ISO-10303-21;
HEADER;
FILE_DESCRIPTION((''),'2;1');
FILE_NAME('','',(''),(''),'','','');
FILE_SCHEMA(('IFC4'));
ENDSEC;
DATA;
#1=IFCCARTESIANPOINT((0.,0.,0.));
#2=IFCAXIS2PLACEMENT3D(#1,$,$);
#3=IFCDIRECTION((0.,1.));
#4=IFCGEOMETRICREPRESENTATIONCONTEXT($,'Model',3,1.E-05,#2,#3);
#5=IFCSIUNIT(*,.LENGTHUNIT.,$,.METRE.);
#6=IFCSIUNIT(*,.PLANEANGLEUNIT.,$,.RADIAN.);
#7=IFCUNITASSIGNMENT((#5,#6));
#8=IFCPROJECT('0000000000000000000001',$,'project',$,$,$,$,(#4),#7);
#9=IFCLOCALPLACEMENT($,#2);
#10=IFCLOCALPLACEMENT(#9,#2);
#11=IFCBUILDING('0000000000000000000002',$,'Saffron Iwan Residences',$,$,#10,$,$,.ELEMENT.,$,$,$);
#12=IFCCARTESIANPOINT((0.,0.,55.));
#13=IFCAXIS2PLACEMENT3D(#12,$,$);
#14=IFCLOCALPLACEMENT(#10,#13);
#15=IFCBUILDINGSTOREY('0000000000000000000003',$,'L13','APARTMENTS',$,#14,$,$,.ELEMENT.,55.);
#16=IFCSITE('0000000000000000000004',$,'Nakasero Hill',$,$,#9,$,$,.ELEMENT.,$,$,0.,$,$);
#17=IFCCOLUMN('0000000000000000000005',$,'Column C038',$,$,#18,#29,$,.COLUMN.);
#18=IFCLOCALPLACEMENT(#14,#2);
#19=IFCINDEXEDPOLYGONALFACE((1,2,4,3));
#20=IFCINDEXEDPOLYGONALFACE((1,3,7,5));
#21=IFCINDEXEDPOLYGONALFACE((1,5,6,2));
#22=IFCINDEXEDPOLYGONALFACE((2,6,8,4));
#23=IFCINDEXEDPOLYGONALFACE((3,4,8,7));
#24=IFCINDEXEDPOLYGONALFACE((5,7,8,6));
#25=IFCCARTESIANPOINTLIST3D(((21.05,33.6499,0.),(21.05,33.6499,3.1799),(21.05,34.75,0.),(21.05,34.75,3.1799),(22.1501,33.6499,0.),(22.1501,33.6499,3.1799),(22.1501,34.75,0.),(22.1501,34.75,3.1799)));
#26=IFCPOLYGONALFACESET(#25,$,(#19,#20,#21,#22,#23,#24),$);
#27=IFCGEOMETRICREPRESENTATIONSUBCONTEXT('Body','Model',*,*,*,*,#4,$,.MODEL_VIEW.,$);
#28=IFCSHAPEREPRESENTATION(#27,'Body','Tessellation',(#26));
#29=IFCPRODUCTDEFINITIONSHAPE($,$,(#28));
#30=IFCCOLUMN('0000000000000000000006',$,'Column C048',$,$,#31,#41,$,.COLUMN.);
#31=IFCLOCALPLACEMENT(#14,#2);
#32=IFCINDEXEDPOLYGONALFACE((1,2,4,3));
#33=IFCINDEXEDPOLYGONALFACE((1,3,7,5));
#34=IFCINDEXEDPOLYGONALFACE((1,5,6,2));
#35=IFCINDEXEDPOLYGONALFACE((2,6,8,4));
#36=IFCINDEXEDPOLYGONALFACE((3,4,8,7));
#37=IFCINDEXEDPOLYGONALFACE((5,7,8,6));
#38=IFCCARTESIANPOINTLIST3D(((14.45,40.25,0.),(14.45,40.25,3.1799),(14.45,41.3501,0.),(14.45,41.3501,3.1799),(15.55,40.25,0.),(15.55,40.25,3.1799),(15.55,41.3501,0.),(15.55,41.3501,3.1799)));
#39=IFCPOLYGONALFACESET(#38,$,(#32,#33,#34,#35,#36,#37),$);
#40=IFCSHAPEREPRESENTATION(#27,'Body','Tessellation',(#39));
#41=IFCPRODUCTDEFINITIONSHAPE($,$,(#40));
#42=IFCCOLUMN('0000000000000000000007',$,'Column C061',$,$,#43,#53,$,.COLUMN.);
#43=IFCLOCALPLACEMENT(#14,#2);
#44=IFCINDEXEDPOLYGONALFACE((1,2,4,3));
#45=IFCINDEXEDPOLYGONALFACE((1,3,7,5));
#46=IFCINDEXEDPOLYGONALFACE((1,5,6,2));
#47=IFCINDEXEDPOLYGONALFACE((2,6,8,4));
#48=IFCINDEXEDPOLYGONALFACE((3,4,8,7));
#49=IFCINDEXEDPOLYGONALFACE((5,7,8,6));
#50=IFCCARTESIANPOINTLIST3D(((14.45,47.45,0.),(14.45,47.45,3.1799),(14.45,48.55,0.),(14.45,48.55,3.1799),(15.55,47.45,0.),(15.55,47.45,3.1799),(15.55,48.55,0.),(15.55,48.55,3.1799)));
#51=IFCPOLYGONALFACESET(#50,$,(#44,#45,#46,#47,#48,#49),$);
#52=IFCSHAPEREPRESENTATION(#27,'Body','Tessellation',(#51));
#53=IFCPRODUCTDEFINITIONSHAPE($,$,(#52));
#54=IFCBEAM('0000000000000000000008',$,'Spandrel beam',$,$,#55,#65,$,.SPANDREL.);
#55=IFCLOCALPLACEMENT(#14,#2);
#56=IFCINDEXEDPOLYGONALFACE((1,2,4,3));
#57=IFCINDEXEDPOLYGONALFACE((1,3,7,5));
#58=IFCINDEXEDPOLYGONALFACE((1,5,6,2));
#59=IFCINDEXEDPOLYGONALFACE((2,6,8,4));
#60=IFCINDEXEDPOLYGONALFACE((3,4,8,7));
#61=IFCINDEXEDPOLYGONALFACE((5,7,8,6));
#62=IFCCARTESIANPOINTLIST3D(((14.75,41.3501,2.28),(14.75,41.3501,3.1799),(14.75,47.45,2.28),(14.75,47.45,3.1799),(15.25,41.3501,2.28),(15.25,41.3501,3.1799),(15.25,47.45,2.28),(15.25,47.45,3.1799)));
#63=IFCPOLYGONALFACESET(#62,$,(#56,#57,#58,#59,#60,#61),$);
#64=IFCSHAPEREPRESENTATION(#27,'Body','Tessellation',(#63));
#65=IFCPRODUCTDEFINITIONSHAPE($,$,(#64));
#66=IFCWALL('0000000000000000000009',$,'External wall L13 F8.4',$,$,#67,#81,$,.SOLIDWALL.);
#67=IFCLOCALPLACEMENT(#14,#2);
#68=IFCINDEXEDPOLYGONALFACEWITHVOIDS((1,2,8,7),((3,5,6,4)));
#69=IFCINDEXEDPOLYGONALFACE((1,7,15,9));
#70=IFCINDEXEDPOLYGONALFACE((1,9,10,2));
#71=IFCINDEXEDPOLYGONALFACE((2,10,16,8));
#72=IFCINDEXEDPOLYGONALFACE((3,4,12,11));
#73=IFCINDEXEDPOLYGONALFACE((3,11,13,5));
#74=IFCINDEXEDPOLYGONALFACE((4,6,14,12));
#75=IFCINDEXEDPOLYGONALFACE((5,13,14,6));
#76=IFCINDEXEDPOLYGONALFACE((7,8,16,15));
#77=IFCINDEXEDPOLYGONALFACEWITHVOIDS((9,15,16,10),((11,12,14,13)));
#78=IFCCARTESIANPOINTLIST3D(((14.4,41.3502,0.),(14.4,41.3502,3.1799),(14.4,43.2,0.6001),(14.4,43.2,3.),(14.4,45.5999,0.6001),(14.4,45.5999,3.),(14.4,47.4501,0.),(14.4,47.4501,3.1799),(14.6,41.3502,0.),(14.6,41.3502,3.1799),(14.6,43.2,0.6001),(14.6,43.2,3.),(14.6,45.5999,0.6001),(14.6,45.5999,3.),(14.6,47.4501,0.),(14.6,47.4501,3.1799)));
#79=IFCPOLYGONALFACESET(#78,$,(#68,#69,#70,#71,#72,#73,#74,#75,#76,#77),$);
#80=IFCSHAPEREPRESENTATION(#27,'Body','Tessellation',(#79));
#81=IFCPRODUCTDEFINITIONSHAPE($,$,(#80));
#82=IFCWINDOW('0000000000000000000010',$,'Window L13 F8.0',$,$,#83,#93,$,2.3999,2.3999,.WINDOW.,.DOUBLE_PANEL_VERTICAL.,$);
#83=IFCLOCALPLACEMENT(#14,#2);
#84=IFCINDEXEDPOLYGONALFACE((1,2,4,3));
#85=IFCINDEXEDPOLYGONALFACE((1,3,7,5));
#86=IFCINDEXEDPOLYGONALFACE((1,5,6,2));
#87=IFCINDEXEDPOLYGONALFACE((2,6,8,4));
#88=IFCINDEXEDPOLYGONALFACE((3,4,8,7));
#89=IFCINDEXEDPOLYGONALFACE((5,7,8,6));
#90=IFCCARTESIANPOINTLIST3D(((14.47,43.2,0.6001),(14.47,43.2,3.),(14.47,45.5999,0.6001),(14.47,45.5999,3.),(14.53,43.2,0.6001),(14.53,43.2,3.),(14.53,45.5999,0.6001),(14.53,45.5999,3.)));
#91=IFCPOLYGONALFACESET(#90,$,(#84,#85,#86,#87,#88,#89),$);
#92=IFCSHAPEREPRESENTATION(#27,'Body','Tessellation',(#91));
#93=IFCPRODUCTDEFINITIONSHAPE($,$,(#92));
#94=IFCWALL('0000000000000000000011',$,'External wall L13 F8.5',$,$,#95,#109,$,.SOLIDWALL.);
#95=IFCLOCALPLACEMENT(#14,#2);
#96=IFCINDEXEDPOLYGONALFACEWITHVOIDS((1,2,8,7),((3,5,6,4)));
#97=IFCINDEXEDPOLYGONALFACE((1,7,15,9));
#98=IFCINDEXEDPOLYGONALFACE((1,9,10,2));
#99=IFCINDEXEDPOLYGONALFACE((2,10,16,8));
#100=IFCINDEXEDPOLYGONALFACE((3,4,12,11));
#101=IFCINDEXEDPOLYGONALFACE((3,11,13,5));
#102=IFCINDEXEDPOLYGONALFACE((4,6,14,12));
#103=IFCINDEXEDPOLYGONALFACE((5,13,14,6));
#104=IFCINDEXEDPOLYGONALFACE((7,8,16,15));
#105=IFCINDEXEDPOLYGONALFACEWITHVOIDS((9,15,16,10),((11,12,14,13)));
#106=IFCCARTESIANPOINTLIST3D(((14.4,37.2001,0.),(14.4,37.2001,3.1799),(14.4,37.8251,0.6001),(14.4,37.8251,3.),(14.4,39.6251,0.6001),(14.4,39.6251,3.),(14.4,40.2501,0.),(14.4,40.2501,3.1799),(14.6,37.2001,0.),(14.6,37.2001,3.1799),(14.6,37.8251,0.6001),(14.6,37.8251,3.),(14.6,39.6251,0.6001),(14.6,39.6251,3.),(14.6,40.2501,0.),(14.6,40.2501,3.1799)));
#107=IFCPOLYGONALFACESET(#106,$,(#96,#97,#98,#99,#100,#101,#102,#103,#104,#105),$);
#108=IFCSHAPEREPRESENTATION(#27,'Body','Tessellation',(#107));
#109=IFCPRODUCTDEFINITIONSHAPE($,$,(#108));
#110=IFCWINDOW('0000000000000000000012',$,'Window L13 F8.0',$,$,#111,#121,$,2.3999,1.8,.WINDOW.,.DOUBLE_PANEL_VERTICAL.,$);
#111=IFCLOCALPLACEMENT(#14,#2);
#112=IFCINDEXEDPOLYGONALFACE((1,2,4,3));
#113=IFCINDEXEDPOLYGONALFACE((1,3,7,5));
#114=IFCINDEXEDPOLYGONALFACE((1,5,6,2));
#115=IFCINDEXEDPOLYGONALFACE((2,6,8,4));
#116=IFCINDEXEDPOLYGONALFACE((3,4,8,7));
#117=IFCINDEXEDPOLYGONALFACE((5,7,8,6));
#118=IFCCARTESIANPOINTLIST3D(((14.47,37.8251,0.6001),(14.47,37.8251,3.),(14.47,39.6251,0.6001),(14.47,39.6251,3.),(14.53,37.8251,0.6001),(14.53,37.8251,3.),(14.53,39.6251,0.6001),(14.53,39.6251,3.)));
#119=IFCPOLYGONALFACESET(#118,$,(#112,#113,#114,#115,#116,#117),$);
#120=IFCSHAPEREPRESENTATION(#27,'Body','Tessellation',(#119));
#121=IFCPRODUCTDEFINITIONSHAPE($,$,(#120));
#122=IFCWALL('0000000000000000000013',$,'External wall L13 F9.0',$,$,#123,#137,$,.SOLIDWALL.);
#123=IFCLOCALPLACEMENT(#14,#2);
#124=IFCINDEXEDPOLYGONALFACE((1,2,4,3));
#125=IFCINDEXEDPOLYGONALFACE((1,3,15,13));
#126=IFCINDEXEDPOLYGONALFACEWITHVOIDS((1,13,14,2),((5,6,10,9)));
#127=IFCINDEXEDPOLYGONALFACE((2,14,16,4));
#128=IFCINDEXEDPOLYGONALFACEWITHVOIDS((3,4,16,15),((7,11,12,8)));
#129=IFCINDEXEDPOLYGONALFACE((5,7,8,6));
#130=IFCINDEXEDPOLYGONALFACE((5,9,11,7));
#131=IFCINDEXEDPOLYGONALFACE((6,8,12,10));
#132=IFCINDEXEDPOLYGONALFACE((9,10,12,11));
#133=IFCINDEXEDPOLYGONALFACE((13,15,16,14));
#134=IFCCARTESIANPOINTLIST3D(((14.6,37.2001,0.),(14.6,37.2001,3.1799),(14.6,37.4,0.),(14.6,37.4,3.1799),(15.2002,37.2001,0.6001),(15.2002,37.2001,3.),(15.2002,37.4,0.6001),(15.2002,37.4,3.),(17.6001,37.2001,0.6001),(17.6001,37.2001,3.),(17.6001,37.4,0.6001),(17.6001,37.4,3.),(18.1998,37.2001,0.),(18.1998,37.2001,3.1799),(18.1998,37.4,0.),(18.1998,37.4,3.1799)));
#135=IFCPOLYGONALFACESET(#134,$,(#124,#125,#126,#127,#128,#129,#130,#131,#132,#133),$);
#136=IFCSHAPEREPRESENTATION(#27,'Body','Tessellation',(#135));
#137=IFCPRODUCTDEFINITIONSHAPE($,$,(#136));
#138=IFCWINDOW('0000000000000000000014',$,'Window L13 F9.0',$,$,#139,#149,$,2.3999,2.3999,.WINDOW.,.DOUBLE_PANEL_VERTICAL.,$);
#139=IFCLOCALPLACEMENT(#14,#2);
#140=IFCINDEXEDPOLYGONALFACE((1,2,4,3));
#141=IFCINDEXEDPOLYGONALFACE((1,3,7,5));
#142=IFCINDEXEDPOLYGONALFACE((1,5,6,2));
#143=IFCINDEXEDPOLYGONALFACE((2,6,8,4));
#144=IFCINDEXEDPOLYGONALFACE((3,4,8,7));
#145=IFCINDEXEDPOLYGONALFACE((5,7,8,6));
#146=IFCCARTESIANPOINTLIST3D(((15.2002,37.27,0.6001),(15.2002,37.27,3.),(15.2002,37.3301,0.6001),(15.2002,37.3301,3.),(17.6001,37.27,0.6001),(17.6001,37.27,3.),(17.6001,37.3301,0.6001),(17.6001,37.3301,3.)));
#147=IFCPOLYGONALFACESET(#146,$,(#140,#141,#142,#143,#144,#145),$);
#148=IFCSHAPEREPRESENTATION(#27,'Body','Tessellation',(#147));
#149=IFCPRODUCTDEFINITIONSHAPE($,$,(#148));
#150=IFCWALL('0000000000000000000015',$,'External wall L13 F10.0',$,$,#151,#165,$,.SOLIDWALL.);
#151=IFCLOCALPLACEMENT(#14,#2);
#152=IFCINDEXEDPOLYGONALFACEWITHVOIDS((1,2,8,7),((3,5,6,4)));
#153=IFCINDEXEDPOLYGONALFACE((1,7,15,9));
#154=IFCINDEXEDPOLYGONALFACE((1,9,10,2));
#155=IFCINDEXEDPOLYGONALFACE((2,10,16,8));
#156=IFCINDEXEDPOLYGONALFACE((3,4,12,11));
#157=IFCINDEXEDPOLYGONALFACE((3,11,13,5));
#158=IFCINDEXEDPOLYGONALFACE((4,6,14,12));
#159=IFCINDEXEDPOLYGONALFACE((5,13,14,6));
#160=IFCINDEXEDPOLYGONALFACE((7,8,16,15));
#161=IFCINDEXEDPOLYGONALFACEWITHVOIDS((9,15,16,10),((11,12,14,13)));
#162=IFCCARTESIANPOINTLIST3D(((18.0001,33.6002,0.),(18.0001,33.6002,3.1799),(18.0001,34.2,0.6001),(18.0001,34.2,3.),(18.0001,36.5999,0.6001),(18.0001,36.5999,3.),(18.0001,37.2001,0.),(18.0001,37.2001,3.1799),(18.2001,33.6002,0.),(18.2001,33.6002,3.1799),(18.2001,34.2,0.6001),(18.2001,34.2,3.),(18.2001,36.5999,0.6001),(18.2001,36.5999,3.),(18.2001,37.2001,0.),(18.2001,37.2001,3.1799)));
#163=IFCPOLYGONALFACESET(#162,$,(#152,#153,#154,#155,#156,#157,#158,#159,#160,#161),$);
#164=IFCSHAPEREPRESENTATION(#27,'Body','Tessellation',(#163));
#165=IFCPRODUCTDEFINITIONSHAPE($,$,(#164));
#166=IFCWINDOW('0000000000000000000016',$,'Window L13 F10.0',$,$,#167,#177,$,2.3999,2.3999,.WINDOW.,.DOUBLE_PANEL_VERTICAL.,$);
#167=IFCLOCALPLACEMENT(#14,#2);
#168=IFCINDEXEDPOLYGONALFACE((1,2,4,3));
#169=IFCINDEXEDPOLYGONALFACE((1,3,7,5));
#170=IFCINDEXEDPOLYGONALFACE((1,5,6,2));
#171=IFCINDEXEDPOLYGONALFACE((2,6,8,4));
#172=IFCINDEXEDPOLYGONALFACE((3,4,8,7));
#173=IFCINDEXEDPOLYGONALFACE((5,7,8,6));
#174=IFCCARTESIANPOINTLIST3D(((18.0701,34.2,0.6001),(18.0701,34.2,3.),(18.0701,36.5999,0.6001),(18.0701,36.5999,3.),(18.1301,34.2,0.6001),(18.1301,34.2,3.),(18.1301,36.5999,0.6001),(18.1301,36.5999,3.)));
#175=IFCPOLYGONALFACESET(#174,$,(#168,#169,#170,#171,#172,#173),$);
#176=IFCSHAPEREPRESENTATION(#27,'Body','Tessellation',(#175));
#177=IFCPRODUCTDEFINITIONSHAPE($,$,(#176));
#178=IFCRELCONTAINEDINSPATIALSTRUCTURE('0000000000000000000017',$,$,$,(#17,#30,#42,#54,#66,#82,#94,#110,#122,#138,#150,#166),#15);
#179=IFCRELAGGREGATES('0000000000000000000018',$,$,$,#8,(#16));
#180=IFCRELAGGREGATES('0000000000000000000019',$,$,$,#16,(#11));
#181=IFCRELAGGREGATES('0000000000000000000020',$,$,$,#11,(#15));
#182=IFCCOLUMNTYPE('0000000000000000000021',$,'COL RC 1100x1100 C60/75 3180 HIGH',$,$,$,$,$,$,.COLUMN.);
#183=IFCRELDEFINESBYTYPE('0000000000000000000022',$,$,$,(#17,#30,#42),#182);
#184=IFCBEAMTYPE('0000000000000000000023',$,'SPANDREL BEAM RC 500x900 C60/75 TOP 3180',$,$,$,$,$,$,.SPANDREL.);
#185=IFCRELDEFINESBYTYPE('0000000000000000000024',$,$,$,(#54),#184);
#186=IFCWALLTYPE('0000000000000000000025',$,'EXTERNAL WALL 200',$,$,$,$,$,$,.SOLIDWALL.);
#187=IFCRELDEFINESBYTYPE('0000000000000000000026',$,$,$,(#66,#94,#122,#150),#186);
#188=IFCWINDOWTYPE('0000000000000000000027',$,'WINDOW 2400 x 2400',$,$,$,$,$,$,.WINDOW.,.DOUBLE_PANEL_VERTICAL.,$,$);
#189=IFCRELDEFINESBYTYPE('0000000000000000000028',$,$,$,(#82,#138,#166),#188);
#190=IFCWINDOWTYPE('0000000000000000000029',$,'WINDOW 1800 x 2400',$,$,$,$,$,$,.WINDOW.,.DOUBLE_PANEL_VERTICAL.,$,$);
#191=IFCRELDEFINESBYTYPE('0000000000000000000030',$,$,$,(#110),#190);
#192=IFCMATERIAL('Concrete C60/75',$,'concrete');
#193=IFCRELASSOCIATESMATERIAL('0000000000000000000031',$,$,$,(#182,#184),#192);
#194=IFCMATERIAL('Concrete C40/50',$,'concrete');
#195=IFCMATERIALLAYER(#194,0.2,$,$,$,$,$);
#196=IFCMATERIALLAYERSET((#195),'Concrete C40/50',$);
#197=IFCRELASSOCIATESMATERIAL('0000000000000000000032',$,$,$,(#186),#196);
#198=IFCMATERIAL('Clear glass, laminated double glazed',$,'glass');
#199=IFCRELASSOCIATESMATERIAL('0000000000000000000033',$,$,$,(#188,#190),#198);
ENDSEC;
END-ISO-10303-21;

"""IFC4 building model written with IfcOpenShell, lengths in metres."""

from ifc_helpers import new_model, si_unit, direction, frame, frame_2d, origin, origin_2d, place, context, subcontext, project, spatial, rectangle, extrude, source, transform, mapped, material, layer, layer_set, material_profile, profile_set, type_object, element, fill, save


model = new_model("IFC4")

# Units and contexts
model_context = context("Model", 3, precision=1e-05, world=origin(), true_north=direction((0.0, 1.0)))
body_context = subcontext(model_context, "Body", "Model", "MODEL_VIEW")
ifc_project = project(units=[si_unit("LENGTHUNIT", "METRE"), si_unit("PLANEANGLEUNIT", "RADIAN")], contexts=[model_context])

# Site, building, storey
site_placement = place(None, origin())
site = spatial("IfcSite", under=ifc_project, at=site_placement, Name="Nakasero Hill", CompositionType="ELEMENT", RefElevation=0.0)
building_placement = place(site_placement, origin())
building = spatial("IfcBuilding", under=site, at=building_placement, Name="Saffron Iwan Residences", CompositionType="ELEMENT")
storey_placement = place(building_placement, frame((0.0, 0.0, 55.0)))
storey = spatial("IfcBuildingStorey", under=building, at=storey_placement, Name="L13", Description="APARTMENTS", CompositionType="ELEMENT", Elevation=55.0)

# Columns
ifc_material_1 = material(Name="Concrete C60/75", Category="concrete")
ifc_material_profile_1 = material_profile(ifc_material_1, rectangle(XDim=1.1001, YDim=1.1001, at=origin_2d()), Name="RC 1100x1100")
ifc_profile_set_1 = profile_set([ifc_material_profile_1], Name="Concrete C60/75")
column_type = type_object("IfcColumnType", Name="COL RC 1100x1100 C60/75 3180 HIGH", PredefinedType="COLUMN", material=ifc_profile_set_1)
shared_shape_1 = source(origin(), body_context, "Body", "SweptSolid", [
    extrude(rectangle(XDim=1.1001, YDim=1.1001, at=origin_2d()), origin(), (0.0, 0.0, 1.0), 3.1799),
])
for number, where, z_axis, x_axis, name in (
    (1, (21.6001, 34.2, 0.0), (0.0, 0.0, 1.0), (1.0, 0.0, 0.0), "Column C038"),
    (2, (15.0, 40.8, 0.0), (0.0, 0.0, 1.0), (1.0, 0.0, 0.0), "Column C048"),
    (3, (15.0, 48.0, 0.0), (0.0, 0.0, 1.0), (1.0, 0.0, 0.0), "Column C061"),
):
    element("IfcColumn", number, at=place(storey_placement, frame(where, z_axis=z_axis, x_axis=x_axis)), inside=storey, type_object=column_type, Name=name, PredefinedType="COLUMN", context=body_context, shape_type="MappedRepresentation", body=[
        mapped(shared_shape_1, transform((0.0, 0.0, 0.0))),
    ])

# Beam
ifc_material_profile_2 = material_profile(ifc_material_1, rectangle(XDim=0.5, YDim=0.8999, at=origin_2d()), Name="RC 500x900")
ifc_profile_set_2 = profile_set([ifc_material_profile_2], Name="Concrete C60/75")
beam_type = type_object("IfcBeamType", Name="SPANDREL BEAM RC 500x900 C60/75 TOP 3180", PredefinedType="SPANDREL", material=ifc_profile_set_2)
shared_shape_2 = source(origin(), body_context, "Body", "SweptSolid", [
    extrude(rectangle(XDim=0.5, YDim=0.8999, at=origin_2d()), origin(), (0.0, 0.0, 1.0), 6.0999),
])
beam_placement = place(storey_placement, frame((15.0, 41.3501, 2.73), z_axis=(0.0, 1.0, 0.0), x_axis=(-1.0, 0.0, 0.0)))
element("IfcBeam", 4, at=beam_placement, inside=storey, type_object=beam_type, Name="Spandrel beam", PredefinedType="SPANDREL", context=body_context, shape_type="MappedRepresentation", body=[
    mapped(shared_shape_2, transform((0.0, 0.0, 0.0))),
])

# Walls, openings, windows
ifc_material_2 = material(Name="Concrete C40/50", Category="concrete")
ifc_layer_1 = layer(ifc_material_2, 0.2)
ifc_layer_set_1 = layer_set([ifc_layer_1], Name="Concrete C40/50")
wall_type_1 = type_object("IfcWallType", Name="EXTERNAL WALL 200", PredefinedType="SOLIDWALL", material=ifc_layer_set_1)
wall_1_placement = place(storey_placement, frame((14.5, 47.45, 0.0), z_axis=(0.0, 0.0, 1.0), x_axis=(0.0, -1.0, 0.0)))
wall_1 = element("IfcWall", 5, at=wall_1_placement, inside=storey, type_object=wall_type_1, Name="External wall L13 F8.4", PredefinedType="SOLIDWALL", context=body_context, shape_type="SweptSolid", body=[
    extrude(rectangle(XDim=6.0999, YDim=0.2, at=frame_2d((3.0498, 0.0))), origin(), (0.0, 0.0, 1.0), 3.1799),
])
opening_1_placement = place(wall_1_placement, frame((1.8501, 0.0, 0.6001)))
opening_1 = element("IfcOpeningElement", 6, at=opening_1_placement, cuts=wall_1, PredefinedType="OPENING", context=body_context, shape_type="SweptSolid", body=[
    extrude(rectangle(XDim=2.3999, YDim=2.3999, at=frame_2d((1.2, 1.2))), frame((0.0, 0.1099, 0.0), z_axis=(0.0, -1.0, 0.0), x_axis=(1.0, 0.0, 0.0)), (0.0, 0.0, 1.0), 0.22),
])
ifc_material_3 = material(Name="Clear glass, laminated double glazed", Category="glass")
window_type_1 = type_object("IfcWindowType", Name="WINDOW 2400 x 2400", PartitioningType="DOUBLE_PANEL_VERTICAL", PredefinedType="WINDOW", material=ifc_material_3)
window_1_placement = place(opening_1_placement, origin())
window_1 = element("IfcWindow", 7, at=window_1_placement, inside=storey, type_object=window_type_1, Name="Window L13 F8.0", OverallHeight=2.3999, OverallWidth=2.3999, PartitioningType="DOUBLE_PANEL_VERTICAL", PredefinedType="WINDOW", context=body_context, shape_type="SweptSolid", body=[
    extrude(rectangle(XDim=2.3999, YDim=2.3999, at=frame_2d((1.2, 1.2))), frame((0.0, 0.03, 0.0), z_axis=(0.0, -1.0, 0.0), x_axis=(1.0, 0.0, 0.0)), (0.0, 0.0, 1.0), 0.0601),
])
fill(opening_1, window_1)
wall_2_placement = place(storey_placement, frame((14.5, 40.25, 0.0), z_axis=(0.0, 0.0, 1.0), x_axis=(0.0, -1.0, 0.0)))
wall_2 = element("IfcWall", 8, at=wall_2_placement, inside=storey, type_object=wall_type_1, Name="External wall L13 F8.5", PredefinedType="SOLIDWALL", context=body_context, shape_type="SweptSolid", body=[
    extrude(rectangle(XDim=3.05, YDim=0.2, at=frame_2d((1.5249, 0.0))), origin(), (0.0, 0.0, 1.0), 3.1799),
])
opening_2_placement = place(wall_2_placement, frame((0.625, 0.0, 0.6001)))
opening_2 = element("IfcOpeningElement", 9, at=opening_2_placement, cuts=wall_2, PredefinedType="OPENING", context=body_context, shape_type="SweptSolid", body=[
    extrude(rectangle(XDim=1.8, YDim=2.3999, at=frame_2d((0.8999, 1.2))), frame((0.0, 0.1099, 0.0), z_axis=(0.0, -1.0, 0.0), x_axis=(1.0, 0.0, 0.0)), (0.0, 0.0, 1.0), 0.22),
])
window_type_2 = type_object("IfcWindowType", Name="WINDOW 1800 x 2400", PartitioningType="DOUBLE_PANEL_VERTICAL", PredefinedType="WINDOW", material=ifc_material_3)
window_2_placement = place(opening_2_placement, origin())
window_2 = element("IfcWindow", 10, at=window_2_placement, inside=storey, type_object=window_type_2, Name="Window L13 F8.0", OverallHeight=2.3999, OverallWidth=1.8, PartitioningType="DOUBLE_PANEL_VERTICAL", PredefinedType="WINDOW", context=body_context, shape_type="SweptSolid", body=[
    extrude(rectangle(XDim=1.8, YDim=2.3999, at=frame_2d((0.8999, 1.2))), frame((0.0, 0.03, 0.0), z_axis=(0.0, -1.0, 0.0), x_axis=(1.0, 0.0, 0.0)), (0.0, 0.0, 1.0), 0.0601),
])
fill(opening_2, window_2)
wall_3_placement = place(storey_placement, frame((14.6001, 37.3, 0.0), z_axis=(0.0, 0.0, 1.0), x_axis=(1.0, 0.0, 0.0)))
wall_3 = element("IfcWall", 11, at=wall_3_placement, inside=storey, type_object=wall_type_1, Name="External wall L13 F9.0", PredefinedType="SOLIDWALL", context=body_context, shape_type="SweptSolid", body=[
    extrude(rectangle(XDim=3.5999, YDim=0.2, at=frame_2d((1.7998, 0.0))), origin(), (0.0, 0.0, 1.0), 3.1799),
])
opening_3_placement = place(wall_3_placement, frame((0.6001, 0.0, 0.6001)))
opening_3 = element("IfcOpeningElement", 12, at=opening_3_placement, cuts=wall_3, PredefinedType="OPENING", context=body_context, shape_type="SweptSolid", body=[
    extrude(rectangle(XDim=2.3999, YDim=2.3999, at=frame_2d((1.2, 1.2))), frame((0.0, 0.1099, 0.0), z_axis=(0.0, -1.0, 0.0), x_axis=(1.0, 0.0, 0.0)), (0.0, 0.0, 1.0), 0.22),
])
window_3_placement = place(opening_3_placement, origin())
window_3 = element("IfcWindow", 13, at=window_3_placement, inside=storey, type_object=window_type_1, Name="Window L13 F9.0", OverallHeight=2.3999, OverallWidth=2.3999, PartitioningType="DOUBLE_PANEL_VERTICAL", PredefinedType="WINDOW", context=body_context, shape_type="SweptSolid", body=[
    extrude(rectangle(XDim=2.3999, YDim=2.3999, at=frame_2d((1.2, 1.2))), frame((0.0, 0.03, 0.0), z_axis=(0.0, -1.0, 0.0), x_axis=(1.0, 0.0, 0.0)), (0.0, 0.0, 1.0), 0.0601),
])
fill(opening_3, window_3)
wall_4_placement = place(storey_placement, frame((18.1001, 37.2, 0.0), z_axis=(0.0, 0.0, 1.0), x_axis=(0.0, -1.0, 0.0)))
wall_4 = element("IfcWall", 14, at=wall_4_placement, inside=storey, type_object=wall_type_1, Name="External wall L13 F10.0", PredefinedType="SOLIDWALL", context=body_context, shape_type="SweptSolid", body=[
    extrude(rectangle(XDim=3.5999, YDim=0.2, at=frame_2d((1.7998, 0.0))), origin(), (0.0, 0.0, 1.0), 3.1799),
])
opening_4_placement = place(wall_4_placement, frame((0.6001, 0.0, 0.6001)))
opening_4 = element("IfcOpeningElement", 15, at=opening_4_placement, cuts=wall_4, PredefinedType="OPENING", context=body_context, shape_type="SweptSolid", body=[
    extrude(rectangle(XDim=2.3999, YDim=2.3999, at=frame_2d((1.2, 1.2))), frame((0.0, 0.1099, 0.0), z_axis=(0.0, -1.0, 0.0), x_axis=(1.0, 0.0, 0.0)), (0.0, 0.0, 1.0), 0.22),
])
window_4_placement = place(opening_4_placement, origin())
window_4 = element("IfcWindow", 16, at=window_4_placement, inside=storey, type_object=window_type_1, Name="Window L13 F10.0", OverallHeight=2.3999, OverallWidth=2.3999, PartitioningType="DOUBLE_PANEL_VERTICAL", PredefinedType="WINDOW", context=body_context, shape_type="SweptSolid", body=[
    extrude(rectangle(XDim=2.3999, YDim=2.3999, at=frame_2d((1.2, 1.2))), frame((0.0, 0.03, 0.0), z_axis=(0.0, -1.0, 0.0), x_axis=(1.0, 0.0, 0.0)), (0.0, 0.0, 1.0), 0.0601),
])
fill(opening_4, window_4)

save(model, "model.ifc")
